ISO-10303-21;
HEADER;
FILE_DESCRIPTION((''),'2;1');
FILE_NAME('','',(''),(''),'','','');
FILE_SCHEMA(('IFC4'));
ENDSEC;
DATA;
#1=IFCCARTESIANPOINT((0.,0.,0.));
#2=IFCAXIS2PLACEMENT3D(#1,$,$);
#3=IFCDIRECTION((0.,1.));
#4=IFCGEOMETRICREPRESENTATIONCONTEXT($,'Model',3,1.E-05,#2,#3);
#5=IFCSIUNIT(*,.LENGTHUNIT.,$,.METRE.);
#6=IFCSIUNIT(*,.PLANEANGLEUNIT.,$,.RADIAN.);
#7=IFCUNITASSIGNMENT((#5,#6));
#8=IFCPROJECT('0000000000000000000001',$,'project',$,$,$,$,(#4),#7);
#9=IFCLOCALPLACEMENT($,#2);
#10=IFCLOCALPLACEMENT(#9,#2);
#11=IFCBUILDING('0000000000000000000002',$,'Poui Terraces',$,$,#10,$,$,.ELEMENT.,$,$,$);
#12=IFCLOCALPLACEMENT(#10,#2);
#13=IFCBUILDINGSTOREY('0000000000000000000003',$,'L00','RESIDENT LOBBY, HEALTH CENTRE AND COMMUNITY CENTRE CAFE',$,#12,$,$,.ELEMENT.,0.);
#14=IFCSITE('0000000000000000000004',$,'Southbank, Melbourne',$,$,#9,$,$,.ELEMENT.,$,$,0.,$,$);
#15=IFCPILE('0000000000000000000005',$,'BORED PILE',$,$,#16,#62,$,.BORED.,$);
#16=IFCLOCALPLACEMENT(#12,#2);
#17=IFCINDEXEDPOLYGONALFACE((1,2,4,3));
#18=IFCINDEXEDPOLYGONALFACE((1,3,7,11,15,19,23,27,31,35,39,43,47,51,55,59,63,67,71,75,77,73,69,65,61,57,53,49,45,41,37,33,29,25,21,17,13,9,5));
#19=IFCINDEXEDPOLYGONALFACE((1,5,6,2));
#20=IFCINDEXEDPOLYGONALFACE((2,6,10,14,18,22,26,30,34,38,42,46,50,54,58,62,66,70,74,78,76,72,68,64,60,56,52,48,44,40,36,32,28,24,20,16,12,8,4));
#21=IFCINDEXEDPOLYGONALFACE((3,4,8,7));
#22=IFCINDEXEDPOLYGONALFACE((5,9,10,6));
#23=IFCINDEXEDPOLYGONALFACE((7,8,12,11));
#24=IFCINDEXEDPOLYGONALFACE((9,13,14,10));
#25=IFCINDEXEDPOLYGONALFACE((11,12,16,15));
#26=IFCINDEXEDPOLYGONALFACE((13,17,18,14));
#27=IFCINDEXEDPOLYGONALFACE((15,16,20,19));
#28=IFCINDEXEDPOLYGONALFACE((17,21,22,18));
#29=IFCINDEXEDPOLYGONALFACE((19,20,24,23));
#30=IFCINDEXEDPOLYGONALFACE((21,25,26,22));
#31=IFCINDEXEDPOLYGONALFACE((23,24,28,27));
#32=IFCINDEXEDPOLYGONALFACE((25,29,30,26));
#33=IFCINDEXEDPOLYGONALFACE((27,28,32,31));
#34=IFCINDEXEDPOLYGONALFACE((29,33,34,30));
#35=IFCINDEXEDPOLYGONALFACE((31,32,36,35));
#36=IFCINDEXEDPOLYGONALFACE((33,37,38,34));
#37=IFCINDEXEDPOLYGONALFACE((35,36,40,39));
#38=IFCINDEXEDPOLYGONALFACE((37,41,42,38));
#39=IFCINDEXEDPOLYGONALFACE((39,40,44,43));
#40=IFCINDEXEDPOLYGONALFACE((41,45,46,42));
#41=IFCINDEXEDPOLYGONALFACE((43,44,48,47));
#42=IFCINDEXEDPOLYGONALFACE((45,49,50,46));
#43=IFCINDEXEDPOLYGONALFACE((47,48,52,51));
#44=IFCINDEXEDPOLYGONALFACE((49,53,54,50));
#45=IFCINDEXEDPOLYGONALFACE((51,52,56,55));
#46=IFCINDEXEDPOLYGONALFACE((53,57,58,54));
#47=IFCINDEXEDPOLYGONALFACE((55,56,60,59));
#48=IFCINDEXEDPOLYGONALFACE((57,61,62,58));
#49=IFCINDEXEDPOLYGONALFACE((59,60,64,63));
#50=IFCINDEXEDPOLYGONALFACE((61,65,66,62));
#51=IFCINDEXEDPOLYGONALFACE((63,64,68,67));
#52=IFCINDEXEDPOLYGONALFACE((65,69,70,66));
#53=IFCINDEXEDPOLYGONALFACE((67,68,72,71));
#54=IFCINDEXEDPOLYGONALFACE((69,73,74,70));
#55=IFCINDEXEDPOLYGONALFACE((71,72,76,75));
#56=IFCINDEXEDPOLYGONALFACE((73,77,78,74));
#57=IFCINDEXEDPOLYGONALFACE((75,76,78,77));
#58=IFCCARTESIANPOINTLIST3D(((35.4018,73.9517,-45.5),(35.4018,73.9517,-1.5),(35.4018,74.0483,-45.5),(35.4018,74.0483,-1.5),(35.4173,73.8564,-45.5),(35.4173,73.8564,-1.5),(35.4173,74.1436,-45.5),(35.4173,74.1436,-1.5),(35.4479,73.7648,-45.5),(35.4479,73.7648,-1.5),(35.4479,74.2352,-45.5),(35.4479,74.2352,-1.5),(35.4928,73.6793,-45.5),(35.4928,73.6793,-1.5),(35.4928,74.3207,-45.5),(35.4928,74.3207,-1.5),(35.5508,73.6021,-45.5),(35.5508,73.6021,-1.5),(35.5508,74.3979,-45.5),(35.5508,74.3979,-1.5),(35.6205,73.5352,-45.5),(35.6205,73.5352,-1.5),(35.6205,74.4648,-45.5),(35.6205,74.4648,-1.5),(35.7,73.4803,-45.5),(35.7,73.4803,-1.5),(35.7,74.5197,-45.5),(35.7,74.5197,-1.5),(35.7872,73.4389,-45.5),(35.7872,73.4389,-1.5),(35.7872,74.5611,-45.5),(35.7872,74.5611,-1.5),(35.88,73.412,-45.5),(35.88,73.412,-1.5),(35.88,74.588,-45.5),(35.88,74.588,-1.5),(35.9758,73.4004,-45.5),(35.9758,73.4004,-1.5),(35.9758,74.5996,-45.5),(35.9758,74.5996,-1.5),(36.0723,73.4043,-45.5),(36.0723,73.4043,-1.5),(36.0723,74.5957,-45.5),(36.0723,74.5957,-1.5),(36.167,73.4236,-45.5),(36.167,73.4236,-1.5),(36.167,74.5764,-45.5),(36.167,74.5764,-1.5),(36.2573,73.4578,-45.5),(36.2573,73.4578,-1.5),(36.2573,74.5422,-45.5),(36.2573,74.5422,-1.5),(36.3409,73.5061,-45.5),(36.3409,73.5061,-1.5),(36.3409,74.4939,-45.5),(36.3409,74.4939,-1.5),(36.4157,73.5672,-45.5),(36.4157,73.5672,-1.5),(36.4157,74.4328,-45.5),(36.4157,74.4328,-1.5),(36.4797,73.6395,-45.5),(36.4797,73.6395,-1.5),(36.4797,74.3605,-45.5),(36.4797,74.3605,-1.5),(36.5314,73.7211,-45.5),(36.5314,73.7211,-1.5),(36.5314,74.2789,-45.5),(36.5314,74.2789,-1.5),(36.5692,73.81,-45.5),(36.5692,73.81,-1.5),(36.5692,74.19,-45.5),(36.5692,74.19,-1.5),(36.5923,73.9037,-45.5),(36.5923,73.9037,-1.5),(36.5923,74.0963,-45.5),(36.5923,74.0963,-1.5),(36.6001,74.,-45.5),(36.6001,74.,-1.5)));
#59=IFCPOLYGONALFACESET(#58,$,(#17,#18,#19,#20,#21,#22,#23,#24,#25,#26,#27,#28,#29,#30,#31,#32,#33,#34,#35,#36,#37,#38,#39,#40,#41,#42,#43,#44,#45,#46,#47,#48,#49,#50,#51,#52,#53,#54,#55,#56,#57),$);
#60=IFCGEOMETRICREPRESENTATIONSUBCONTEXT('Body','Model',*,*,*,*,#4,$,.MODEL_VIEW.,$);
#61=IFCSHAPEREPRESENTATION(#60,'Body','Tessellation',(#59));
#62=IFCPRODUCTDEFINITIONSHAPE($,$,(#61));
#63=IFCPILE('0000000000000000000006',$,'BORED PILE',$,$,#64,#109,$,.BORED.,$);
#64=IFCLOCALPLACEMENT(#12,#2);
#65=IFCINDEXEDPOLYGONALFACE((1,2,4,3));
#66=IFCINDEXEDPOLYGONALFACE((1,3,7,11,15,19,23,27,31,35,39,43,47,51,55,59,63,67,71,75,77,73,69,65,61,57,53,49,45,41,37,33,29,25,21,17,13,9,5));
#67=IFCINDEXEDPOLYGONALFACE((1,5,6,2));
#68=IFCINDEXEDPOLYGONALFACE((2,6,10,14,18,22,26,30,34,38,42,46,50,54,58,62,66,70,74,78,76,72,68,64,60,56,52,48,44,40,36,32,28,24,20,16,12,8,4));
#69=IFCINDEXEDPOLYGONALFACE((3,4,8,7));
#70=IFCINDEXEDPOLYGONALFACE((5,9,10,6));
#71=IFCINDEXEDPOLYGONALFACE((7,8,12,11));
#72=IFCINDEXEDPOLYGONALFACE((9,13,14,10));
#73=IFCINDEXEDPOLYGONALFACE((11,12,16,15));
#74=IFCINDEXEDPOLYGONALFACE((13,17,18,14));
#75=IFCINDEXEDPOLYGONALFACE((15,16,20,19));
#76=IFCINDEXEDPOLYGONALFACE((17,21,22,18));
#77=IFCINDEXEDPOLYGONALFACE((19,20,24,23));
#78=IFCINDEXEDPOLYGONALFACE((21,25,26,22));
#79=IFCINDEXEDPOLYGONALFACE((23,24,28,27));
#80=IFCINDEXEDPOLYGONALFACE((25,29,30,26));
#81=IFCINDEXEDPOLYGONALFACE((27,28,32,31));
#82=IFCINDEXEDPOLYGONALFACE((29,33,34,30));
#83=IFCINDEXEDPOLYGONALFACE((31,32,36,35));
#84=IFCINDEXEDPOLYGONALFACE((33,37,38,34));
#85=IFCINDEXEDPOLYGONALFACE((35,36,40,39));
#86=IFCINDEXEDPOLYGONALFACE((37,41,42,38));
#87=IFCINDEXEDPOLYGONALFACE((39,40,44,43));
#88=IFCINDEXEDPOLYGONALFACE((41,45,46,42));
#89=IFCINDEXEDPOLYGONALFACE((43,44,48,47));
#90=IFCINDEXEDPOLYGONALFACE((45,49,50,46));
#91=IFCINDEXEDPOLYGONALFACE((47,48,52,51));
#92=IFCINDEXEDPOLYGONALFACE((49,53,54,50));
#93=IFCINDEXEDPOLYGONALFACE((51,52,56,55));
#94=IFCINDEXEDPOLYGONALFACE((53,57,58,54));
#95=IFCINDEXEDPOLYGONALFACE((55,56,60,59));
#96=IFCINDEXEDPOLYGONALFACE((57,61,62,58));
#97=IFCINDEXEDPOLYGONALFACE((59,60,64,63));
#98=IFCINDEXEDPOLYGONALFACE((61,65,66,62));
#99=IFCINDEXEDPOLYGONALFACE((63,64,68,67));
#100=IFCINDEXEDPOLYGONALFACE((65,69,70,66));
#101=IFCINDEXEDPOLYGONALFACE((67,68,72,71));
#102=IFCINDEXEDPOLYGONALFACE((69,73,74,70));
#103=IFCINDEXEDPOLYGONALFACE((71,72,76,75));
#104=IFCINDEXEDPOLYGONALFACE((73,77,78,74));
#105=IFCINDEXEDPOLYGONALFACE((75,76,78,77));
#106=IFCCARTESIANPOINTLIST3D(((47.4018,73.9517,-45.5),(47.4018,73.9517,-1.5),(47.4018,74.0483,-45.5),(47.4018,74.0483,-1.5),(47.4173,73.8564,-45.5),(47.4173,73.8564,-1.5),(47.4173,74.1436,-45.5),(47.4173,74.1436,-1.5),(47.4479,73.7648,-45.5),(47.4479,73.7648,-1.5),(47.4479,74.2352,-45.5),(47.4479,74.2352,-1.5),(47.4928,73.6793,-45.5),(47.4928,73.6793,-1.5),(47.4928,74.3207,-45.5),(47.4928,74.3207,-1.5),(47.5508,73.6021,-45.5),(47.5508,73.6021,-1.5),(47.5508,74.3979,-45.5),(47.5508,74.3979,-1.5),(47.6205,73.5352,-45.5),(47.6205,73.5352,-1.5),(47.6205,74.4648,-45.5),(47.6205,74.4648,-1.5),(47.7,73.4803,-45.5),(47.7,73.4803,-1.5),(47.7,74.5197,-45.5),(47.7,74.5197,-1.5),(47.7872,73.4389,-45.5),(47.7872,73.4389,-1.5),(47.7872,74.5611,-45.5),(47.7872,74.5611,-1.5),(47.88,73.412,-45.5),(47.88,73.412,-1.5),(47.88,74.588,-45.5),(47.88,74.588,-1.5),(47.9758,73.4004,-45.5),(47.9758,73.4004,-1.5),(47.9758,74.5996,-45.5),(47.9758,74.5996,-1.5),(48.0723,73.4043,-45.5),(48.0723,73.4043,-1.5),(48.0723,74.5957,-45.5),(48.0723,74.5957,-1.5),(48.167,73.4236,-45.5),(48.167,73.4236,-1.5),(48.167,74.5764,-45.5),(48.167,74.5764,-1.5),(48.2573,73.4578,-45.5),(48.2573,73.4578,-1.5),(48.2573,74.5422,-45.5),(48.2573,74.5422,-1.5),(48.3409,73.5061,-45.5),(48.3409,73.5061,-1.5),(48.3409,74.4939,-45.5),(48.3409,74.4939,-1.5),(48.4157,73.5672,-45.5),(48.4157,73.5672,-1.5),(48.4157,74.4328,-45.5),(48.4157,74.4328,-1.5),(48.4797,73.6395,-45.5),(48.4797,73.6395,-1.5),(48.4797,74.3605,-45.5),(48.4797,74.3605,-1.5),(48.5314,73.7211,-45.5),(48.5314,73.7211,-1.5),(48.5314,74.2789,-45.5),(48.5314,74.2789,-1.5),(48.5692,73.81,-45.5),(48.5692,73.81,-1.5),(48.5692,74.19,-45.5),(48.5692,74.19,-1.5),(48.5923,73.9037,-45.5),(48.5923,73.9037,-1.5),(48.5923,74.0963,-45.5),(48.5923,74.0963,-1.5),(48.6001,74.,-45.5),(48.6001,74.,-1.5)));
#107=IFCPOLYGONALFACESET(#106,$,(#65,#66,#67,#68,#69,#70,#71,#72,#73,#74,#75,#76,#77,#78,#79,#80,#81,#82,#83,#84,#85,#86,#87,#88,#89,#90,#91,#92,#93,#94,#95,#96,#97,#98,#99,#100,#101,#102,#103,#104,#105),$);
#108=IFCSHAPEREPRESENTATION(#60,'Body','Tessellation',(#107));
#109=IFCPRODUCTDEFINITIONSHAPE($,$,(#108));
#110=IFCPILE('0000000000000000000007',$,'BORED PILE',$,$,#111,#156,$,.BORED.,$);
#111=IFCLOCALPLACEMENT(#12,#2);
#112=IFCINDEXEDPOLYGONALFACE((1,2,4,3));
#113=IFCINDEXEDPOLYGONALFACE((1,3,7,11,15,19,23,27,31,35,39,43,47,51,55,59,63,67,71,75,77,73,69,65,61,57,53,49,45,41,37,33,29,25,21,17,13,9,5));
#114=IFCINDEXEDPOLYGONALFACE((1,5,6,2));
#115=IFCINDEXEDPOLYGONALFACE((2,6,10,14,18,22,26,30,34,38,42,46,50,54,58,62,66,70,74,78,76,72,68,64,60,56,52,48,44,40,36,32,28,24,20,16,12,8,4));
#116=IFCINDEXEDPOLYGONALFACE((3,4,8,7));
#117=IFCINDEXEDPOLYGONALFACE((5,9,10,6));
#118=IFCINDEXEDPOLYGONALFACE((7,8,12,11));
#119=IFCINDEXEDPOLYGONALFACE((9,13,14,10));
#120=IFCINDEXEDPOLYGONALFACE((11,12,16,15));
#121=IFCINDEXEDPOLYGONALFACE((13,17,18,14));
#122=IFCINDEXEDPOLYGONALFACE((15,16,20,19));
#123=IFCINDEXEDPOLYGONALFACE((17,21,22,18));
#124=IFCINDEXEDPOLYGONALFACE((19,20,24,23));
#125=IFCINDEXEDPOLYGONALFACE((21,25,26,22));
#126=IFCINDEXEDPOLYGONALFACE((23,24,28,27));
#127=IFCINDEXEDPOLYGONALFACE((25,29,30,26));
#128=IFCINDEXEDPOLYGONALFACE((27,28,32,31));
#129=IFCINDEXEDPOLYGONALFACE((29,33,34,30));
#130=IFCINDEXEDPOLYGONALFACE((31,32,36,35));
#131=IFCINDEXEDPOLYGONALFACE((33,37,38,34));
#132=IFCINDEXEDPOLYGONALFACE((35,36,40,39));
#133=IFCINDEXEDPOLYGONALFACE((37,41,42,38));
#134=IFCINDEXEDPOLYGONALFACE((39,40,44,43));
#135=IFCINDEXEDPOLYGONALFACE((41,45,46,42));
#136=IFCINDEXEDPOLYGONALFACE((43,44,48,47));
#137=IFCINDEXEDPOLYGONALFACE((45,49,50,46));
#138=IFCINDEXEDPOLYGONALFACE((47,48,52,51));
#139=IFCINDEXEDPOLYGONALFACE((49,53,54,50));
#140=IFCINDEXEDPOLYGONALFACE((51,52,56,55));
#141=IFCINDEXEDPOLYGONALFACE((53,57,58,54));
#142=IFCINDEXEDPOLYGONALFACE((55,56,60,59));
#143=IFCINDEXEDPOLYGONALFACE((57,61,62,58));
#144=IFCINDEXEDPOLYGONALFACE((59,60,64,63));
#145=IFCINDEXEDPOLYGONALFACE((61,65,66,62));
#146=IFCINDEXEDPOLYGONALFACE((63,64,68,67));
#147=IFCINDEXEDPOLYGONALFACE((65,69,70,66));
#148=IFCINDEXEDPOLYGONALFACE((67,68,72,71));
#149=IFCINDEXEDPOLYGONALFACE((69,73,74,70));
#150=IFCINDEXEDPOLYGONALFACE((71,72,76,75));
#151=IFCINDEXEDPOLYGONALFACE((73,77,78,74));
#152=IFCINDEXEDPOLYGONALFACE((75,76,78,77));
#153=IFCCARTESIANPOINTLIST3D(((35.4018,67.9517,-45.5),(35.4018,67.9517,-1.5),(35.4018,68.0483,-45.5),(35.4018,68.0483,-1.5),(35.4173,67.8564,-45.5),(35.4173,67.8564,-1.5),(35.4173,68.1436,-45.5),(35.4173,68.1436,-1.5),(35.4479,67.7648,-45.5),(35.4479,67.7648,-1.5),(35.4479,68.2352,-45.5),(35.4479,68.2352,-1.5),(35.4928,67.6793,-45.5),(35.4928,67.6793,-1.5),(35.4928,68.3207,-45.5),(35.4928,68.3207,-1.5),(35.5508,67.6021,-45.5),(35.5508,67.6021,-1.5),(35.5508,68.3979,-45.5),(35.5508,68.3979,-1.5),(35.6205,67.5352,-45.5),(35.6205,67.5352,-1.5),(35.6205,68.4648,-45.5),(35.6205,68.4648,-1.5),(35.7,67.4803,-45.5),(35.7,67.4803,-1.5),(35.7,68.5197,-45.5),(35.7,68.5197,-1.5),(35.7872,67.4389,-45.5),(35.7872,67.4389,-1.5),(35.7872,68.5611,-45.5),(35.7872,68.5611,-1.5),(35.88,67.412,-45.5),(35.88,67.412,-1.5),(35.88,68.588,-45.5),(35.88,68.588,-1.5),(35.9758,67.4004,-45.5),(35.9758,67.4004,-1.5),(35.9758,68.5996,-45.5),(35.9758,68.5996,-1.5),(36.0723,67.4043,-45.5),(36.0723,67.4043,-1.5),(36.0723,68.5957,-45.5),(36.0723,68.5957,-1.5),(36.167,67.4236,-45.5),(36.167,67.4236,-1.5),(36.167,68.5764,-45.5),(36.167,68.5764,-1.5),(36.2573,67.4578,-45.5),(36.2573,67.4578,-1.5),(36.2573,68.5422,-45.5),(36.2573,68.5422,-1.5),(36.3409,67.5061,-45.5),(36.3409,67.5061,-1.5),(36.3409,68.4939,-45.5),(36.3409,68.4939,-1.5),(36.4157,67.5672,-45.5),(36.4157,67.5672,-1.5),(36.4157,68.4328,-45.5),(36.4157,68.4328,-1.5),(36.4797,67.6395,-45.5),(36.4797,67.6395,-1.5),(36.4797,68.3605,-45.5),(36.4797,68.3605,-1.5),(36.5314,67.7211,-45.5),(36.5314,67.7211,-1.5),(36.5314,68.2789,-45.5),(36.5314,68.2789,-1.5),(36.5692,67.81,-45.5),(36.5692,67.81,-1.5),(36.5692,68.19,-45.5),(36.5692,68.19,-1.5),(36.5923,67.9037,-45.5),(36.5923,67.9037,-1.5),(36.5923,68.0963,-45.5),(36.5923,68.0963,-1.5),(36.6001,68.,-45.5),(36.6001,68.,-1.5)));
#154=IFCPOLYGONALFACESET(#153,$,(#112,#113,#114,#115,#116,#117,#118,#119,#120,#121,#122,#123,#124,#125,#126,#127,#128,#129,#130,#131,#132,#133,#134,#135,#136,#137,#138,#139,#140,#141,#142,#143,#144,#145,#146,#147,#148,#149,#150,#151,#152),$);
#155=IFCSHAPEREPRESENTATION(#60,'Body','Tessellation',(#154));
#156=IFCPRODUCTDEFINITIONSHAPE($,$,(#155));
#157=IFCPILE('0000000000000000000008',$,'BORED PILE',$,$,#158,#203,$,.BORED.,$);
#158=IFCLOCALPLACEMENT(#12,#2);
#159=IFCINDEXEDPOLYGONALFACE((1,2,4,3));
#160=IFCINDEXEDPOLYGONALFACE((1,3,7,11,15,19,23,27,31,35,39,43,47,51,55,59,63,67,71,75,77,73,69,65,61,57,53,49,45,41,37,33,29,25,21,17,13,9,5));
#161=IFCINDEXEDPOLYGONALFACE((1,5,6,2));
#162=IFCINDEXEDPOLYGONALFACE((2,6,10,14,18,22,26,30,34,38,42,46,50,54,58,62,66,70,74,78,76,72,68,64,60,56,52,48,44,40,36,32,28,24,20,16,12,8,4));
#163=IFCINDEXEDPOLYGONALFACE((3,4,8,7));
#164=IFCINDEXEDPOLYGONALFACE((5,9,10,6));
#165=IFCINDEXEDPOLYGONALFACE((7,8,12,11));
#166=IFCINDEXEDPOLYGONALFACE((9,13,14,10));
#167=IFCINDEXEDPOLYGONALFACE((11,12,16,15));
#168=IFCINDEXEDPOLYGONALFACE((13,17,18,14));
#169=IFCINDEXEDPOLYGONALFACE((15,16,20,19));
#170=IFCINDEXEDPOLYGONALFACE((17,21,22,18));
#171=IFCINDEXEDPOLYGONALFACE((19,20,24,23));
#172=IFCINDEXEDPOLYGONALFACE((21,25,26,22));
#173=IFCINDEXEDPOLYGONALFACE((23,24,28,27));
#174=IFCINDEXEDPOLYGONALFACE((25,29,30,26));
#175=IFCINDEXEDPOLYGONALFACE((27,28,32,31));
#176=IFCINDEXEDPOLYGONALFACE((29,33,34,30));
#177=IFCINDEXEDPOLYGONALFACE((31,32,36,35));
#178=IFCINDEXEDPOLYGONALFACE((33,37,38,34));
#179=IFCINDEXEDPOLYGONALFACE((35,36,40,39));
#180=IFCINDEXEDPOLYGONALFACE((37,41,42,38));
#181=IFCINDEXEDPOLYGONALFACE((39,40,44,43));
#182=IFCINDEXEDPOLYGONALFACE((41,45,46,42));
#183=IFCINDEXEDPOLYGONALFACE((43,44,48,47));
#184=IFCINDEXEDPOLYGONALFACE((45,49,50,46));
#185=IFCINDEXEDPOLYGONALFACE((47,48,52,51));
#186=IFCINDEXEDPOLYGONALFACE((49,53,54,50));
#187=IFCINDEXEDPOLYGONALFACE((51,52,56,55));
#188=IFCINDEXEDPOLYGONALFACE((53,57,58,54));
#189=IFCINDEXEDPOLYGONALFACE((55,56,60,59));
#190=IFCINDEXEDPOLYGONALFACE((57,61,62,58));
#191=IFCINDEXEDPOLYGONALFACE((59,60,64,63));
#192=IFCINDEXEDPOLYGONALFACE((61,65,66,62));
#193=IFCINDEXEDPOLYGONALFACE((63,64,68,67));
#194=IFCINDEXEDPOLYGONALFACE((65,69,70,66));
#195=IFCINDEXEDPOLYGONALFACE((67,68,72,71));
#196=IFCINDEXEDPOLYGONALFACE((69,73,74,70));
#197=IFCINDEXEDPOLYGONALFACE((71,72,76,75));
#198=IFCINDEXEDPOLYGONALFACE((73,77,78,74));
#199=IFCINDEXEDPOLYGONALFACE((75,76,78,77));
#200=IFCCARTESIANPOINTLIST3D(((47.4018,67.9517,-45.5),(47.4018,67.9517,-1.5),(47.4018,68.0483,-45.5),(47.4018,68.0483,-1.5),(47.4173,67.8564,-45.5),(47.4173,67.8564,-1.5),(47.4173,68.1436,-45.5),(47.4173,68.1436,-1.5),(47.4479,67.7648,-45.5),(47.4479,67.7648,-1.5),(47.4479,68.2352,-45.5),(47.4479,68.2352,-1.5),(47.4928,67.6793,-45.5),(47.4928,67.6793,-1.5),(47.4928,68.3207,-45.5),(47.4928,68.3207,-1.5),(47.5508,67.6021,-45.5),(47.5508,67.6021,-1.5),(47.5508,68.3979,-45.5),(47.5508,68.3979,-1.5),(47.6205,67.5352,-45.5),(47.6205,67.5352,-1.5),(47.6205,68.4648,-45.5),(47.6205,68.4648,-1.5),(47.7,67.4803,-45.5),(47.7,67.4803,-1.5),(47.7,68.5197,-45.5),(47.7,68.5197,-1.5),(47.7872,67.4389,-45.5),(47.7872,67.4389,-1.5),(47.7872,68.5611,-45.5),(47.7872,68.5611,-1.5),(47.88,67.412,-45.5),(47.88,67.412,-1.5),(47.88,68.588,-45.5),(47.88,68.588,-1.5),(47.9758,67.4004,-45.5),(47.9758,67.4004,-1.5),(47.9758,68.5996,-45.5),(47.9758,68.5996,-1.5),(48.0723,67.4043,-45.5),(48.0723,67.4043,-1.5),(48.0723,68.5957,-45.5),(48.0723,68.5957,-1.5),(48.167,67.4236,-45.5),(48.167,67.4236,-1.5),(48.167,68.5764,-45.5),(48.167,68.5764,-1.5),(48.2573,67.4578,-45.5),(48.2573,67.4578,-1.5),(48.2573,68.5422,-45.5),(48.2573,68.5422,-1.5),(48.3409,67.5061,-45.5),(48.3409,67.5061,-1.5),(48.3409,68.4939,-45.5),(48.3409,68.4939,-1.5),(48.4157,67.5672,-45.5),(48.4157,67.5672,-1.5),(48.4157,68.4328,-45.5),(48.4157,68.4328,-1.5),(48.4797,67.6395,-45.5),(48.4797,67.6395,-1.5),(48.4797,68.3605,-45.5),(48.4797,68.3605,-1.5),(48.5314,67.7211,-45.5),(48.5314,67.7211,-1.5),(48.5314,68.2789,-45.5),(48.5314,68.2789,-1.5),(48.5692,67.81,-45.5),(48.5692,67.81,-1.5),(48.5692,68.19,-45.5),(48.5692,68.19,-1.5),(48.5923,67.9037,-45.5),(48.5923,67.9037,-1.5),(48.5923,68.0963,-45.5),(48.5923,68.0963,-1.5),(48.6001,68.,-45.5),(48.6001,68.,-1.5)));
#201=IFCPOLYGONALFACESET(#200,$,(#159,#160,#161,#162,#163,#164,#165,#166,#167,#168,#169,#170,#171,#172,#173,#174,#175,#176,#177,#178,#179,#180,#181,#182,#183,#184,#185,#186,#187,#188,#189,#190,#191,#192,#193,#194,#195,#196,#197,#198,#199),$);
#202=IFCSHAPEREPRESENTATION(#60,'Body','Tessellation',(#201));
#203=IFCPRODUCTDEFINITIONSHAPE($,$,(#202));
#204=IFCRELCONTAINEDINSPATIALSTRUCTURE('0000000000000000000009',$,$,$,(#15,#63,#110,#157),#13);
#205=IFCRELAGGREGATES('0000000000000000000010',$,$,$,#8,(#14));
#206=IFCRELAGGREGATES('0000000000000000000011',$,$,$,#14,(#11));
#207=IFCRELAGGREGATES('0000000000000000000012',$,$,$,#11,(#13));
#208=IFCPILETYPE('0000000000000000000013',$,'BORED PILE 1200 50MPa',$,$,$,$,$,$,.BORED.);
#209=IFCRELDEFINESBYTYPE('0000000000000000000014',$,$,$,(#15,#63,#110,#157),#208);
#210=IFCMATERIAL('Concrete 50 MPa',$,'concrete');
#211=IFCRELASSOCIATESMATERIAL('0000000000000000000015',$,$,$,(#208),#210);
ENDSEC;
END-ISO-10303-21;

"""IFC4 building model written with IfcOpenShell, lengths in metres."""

from ifc_helpers import new_model, si_unit, direction, frame, origin, origin_2d, place, context, subcontext, project, spatial, circle, extrude, material, material_profile, profile_set, type_object, element, save


model = new_model("IFC4")

# Units and contexts
model_context = context("Model", 3, precision=1e-05, world=origin(), true_north=direction((0.0, 1.0)))
body_context = subcontext(model_context, "Body", "Model", "MODEL_VIEW")
ifc_project = project(units=[si_unit("LENGTHUNIT", "METRE"), si_unit("PLANEANGLEUNIT", "RADIAN")], contexts=[model_context])

# Site, building, storey
site_placement = place(None, origin())
site = spatial("IfcSite", under=ifc_project, at=site_placement, Name="Southbank, Melbourne", CompositionType="ELEMENT", RefElevation=0.0)
building_placement = place(site_placement, origin())
building = spatial("IfcBuilding", under=site, at=building_placement, Name="Poui Terraces", CompositionType="ELEMENT")
storey_placement = place(building_placement, origin())
storey = spatial("IfcBuildingStorey", under=building, at=storey_placement, Name="L00", Description="RESIDENT LOBBY, HEALTH CENTRE AND COMMUNITY CENTRE CAFE", CompositionType="ELEMENT", Elevation=0.0)

# Piles
ifc_material_1 = material(Name="Concrete 50 MPa", Category="concrete")
ifc_material_profile_1 = material_profile(ifc_material_1, circle(Radius=0.6001, at=origin_2d()), Name="RC D1200")
ifc_profile_set_1 = profile_set([ifc_material_profile_1], Name="Concrete 50 MPa")
pile_type = type_object("IfcPileType", Name="BORED PILE 1200 50MPa", PredefinedType="BORED", material=ifc_profile_set_1)
for number, where, z_axis, x_axis, name in (
    (1, (36.0, 74.0, -1.5), (0.0, 0.0, -1.0), (1.0, 0.0, 0.0), "BORED PILE"),
    (2, (48.0, 74.0, -1.5), (0.0, 0.0, -1.0), (1.0, 0.0, 0.0), "BORED PILE"),
    (3, (36.0, 68.0, -1.5), (0.0, 0.0, -1.0), (1.0, 0.0, 0.0), "BORED PILE"),
    (4, (48.0, 68.0, -1.5), (0.0, 0.0, -1.0), (1.0, 0.0, 0.0), "BORED PILE"),
):
    element("IfcPile", number, at=place(storey_placement, frame(where, z_axis=z_axis, x_axis=x_axis)), inside=storey, type_object=pile_type, Name=name, PredefinedType="BORED", context=body_context, shape_type="SweptSolid", body=[
        extrude(circle(Radius=0.6001, at=origin_2d()), origin(), (0.0, 0.0, 1.0), 44.0),
    ])

save(model, "model.ifc")
